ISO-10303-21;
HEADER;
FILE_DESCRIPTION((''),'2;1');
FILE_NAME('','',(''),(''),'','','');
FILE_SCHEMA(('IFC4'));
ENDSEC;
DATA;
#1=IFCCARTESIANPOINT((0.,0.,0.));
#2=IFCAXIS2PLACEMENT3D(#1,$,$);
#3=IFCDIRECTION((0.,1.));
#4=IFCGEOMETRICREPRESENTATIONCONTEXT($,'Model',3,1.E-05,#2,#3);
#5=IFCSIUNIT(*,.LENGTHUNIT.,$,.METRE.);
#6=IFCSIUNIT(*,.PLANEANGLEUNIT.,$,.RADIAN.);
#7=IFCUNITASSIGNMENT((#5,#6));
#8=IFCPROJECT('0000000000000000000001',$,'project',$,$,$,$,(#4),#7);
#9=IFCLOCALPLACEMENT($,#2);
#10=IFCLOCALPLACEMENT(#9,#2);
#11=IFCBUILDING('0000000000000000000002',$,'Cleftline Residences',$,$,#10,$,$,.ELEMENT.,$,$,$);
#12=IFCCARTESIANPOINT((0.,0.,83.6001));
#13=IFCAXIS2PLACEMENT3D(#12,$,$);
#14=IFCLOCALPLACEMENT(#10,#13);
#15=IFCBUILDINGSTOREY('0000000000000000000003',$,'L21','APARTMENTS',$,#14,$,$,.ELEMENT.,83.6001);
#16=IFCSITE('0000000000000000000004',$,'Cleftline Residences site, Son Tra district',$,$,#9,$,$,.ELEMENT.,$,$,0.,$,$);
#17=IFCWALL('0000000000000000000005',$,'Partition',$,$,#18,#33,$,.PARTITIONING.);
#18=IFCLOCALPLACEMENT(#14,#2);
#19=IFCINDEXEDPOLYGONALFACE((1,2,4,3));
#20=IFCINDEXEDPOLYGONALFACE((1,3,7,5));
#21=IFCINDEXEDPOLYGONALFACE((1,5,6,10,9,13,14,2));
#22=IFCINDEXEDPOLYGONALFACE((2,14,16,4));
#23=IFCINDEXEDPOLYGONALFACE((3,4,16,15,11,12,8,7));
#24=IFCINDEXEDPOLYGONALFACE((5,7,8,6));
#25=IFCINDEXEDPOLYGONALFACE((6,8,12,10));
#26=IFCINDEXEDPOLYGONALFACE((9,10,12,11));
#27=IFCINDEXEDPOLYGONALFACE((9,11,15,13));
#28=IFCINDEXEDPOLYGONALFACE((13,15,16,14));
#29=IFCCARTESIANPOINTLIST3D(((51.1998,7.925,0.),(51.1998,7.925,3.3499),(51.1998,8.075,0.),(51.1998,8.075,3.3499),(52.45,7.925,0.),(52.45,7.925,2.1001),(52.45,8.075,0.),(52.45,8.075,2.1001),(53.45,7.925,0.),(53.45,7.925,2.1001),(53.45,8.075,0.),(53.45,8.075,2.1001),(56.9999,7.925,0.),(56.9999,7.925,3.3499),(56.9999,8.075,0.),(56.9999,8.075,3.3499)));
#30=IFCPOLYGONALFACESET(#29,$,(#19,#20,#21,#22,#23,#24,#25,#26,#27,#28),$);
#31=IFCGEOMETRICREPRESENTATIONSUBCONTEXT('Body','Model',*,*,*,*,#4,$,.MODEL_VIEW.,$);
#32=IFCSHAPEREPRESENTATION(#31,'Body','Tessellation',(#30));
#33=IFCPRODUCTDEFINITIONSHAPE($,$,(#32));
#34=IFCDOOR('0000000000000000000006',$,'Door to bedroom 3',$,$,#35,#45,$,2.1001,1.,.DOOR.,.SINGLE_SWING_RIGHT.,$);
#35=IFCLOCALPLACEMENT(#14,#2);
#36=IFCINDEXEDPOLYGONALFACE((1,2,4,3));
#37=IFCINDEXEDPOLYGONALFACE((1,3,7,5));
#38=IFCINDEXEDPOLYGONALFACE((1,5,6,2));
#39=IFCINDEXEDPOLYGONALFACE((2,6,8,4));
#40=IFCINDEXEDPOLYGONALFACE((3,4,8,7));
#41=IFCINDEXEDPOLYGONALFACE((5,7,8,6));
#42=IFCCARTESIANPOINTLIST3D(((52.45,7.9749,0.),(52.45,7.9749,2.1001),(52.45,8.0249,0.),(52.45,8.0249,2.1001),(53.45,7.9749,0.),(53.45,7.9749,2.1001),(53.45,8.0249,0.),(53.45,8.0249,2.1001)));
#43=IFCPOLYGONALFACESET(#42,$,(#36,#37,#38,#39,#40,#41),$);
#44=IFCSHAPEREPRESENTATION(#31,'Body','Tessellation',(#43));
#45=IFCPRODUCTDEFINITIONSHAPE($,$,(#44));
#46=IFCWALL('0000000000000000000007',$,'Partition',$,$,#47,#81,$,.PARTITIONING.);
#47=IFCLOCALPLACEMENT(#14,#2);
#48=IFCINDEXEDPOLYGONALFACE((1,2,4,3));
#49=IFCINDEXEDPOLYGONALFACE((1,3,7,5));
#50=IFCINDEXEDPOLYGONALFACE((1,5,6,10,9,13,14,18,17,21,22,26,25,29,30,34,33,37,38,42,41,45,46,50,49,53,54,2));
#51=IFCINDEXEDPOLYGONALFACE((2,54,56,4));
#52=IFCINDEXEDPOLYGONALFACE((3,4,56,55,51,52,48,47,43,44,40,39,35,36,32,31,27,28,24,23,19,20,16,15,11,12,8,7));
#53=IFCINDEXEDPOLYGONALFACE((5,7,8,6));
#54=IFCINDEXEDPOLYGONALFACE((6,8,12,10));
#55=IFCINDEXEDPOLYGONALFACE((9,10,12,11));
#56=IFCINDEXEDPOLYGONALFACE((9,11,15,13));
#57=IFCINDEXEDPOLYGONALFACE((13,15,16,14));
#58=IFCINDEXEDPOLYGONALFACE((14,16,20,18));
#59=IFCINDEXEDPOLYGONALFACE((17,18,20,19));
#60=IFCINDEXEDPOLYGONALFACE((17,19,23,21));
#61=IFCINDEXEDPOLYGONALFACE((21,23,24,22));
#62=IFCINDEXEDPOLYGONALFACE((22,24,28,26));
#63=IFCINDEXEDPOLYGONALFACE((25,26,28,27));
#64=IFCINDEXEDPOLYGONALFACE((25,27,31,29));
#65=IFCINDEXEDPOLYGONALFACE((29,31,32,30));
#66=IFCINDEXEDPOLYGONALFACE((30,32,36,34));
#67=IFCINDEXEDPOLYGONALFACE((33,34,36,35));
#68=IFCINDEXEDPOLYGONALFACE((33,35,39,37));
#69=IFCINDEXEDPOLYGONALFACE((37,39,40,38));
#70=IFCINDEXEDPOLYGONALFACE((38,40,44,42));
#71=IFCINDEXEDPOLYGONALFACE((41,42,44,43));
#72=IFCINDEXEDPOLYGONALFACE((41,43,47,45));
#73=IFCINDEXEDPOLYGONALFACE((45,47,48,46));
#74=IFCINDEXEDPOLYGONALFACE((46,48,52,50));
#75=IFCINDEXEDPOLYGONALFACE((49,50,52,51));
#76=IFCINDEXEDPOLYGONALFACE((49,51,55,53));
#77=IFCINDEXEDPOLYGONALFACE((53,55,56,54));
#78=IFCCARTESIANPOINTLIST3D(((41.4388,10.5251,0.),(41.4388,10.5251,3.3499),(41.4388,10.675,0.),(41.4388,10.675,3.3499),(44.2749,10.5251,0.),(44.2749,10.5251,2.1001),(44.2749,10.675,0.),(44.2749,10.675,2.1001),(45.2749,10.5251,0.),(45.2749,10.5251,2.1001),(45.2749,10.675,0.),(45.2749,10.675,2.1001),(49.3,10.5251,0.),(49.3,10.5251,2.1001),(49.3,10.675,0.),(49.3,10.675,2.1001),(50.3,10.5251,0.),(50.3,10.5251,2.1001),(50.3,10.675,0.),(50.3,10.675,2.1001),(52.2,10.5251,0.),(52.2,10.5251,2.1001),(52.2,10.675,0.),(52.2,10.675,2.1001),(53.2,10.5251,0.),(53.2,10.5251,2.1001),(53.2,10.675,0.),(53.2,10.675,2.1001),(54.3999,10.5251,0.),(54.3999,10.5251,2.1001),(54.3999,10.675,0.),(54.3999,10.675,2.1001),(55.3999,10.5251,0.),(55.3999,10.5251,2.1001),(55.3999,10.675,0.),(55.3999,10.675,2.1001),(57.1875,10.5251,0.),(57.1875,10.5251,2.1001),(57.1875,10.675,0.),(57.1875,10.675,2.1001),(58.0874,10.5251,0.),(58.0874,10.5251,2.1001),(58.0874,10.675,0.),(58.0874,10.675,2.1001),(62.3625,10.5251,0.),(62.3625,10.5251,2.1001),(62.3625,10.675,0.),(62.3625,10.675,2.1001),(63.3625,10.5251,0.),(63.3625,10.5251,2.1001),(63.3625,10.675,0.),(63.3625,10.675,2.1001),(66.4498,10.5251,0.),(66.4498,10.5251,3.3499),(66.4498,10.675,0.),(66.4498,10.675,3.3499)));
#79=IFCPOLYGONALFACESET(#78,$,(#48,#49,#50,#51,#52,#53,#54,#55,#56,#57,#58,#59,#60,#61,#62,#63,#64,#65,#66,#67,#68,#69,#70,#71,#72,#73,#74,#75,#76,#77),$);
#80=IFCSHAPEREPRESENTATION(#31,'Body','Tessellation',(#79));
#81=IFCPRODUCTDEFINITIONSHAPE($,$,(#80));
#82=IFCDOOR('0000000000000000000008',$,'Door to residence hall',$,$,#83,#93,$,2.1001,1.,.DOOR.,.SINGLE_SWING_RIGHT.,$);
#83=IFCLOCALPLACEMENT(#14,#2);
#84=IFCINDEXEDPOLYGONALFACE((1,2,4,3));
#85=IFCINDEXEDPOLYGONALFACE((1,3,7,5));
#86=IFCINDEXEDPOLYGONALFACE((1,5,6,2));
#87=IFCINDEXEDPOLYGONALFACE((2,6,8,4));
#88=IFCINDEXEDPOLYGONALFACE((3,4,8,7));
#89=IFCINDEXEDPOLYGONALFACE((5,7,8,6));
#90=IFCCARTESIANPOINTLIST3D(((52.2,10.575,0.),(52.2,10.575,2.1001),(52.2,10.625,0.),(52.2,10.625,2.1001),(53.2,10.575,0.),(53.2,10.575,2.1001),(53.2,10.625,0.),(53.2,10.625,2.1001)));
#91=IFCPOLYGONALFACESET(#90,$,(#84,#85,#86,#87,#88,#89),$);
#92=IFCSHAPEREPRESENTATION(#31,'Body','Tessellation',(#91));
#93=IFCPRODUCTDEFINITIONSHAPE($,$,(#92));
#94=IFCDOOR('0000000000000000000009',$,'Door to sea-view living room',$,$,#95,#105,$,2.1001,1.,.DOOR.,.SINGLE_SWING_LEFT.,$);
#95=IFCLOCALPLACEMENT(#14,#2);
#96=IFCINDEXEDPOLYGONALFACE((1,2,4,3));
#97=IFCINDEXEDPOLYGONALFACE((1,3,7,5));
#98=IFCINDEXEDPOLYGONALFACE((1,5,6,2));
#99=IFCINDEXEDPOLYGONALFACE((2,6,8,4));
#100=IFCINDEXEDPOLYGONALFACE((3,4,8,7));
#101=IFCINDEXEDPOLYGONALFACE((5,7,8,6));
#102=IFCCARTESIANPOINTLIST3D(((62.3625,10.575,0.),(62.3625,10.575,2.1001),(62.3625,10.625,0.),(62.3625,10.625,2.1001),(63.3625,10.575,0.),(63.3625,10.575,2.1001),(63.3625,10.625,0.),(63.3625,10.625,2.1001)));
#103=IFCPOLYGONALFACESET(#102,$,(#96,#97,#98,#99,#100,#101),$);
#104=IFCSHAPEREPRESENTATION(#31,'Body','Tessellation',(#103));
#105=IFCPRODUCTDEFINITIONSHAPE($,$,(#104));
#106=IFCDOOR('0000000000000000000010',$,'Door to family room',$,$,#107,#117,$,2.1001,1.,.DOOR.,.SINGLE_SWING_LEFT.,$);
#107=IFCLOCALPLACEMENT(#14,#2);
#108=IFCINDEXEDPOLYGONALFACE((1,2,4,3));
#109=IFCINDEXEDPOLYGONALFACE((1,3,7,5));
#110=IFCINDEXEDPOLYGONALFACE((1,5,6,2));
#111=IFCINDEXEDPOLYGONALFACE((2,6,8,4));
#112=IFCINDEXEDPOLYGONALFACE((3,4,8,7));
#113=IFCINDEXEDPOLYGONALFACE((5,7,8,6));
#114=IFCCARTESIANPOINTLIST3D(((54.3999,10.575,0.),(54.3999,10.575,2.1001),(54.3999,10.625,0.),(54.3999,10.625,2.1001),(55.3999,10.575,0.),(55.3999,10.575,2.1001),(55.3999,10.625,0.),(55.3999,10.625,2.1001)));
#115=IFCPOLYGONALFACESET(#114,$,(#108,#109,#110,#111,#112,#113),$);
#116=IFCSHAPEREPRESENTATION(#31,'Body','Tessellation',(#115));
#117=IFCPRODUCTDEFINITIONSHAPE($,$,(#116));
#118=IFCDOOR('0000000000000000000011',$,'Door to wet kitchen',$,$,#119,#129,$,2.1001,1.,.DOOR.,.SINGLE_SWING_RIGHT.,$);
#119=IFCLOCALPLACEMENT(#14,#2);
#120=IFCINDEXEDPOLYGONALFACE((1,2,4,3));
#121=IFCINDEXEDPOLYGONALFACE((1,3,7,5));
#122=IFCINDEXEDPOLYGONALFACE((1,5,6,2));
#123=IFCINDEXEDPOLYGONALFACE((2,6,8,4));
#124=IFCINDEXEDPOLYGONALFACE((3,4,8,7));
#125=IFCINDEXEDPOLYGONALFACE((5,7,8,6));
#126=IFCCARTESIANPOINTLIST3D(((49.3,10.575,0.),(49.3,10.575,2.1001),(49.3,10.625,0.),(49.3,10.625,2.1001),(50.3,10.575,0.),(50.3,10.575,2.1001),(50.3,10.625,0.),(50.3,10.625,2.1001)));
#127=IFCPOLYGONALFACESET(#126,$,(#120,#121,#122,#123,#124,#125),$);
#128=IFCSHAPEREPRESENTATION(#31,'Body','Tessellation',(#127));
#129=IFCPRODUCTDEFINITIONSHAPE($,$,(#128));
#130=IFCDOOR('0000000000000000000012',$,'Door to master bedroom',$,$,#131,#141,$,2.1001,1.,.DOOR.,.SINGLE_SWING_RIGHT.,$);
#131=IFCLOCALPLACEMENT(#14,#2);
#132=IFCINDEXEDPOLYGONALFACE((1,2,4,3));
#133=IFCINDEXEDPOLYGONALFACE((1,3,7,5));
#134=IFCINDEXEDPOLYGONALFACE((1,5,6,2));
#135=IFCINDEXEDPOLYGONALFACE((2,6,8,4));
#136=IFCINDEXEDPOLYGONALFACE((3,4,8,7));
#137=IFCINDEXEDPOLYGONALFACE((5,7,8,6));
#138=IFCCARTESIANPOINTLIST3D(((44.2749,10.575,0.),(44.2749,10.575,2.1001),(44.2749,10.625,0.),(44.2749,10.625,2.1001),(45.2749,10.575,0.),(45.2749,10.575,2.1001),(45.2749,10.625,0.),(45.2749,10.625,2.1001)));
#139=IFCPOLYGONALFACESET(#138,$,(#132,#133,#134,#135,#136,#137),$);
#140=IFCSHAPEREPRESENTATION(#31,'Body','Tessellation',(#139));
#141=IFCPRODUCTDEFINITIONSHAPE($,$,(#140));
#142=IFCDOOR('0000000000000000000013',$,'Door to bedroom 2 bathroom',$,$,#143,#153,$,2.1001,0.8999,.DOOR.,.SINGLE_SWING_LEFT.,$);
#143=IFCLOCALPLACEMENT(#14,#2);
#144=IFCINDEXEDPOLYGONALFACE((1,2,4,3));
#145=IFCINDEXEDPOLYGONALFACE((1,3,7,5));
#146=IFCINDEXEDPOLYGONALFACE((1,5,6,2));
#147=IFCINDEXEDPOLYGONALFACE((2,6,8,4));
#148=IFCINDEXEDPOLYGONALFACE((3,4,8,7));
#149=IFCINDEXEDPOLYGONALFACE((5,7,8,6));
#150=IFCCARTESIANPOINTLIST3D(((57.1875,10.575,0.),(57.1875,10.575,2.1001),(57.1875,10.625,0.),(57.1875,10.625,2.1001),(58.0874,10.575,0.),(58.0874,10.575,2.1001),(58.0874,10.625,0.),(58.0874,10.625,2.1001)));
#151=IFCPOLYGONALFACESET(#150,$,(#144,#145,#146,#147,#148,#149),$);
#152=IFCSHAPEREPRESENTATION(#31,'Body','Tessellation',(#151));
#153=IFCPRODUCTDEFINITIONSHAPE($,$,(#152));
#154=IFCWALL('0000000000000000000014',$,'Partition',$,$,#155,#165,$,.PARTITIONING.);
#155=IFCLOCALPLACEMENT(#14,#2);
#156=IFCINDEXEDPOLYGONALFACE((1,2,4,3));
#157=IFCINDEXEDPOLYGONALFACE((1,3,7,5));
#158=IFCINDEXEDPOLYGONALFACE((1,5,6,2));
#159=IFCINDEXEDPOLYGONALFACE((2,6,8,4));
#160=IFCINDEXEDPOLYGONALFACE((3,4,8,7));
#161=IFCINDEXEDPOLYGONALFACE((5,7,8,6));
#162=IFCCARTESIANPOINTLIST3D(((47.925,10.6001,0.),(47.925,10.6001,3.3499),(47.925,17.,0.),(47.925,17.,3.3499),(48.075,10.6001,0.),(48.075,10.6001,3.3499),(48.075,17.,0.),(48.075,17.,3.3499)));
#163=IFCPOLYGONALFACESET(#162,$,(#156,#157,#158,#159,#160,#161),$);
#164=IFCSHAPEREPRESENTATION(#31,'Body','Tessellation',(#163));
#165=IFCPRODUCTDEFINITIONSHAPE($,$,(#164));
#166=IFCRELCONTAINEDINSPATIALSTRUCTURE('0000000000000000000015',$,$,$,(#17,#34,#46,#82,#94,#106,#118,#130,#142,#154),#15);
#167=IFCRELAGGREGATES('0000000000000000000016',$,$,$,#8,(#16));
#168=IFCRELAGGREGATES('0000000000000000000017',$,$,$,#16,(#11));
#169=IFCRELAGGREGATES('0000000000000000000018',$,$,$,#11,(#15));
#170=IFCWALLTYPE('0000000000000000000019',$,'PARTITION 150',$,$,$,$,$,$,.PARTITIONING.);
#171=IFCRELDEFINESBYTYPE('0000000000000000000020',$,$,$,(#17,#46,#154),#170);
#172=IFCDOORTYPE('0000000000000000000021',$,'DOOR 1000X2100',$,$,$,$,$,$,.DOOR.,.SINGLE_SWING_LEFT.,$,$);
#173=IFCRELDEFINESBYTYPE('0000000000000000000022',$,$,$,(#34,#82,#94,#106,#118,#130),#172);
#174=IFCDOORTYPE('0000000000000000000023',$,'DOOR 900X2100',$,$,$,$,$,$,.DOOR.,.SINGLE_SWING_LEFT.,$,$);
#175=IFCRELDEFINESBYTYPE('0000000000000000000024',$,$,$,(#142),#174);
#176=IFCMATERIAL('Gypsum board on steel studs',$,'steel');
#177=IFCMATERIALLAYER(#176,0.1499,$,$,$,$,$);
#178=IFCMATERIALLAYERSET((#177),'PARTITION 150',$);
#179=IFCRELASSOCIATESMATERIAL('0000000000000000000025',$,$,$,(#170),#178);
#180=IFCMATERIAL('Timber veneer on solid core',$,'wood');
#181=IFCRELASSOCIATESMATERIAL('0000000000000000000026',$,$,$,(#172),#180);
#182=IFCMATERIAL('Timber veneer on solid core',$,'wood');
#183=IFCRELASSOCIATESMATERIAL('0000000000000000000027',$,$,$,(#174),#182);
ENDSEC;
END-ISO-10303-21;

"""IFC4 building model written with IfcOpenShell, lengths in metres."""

from ifc_helpers import new_model, si_unit, direction, frame, frame_2d, origin, place, context, subcontext, project, spatial, rectangle, extrude, material, layer, layer_set, type_object, element, fill, save


model = new_model("IFC4")

# Units and contexts
model_context = context("Model", 3, precision=1e-05, world=origin(), true_north=direction((0.0, 1.0)))
body_context = subcontext(model_context, "Body", "Model", "MODEL_VIEW")
ifc_project = project(units=[si_unit("LENGTHUNIT", "METRE"), si_unit("PLANEANGLEUNIT", "RADIAN")], contexts=[model_context])

# Site, building, storey
site_placement = place(None, origin())
site = spatial("IfcSite", under=ifc_project, at=site_placement, Name="Cleftline Residences site, Son Tra district", CompositionType="ELEMENT", RefElevation=0.0)
building_placement = place(site_placement, origin())
building = spatial("IfcBuilding", under=site, at=building_placement, Name="Cleftline Residences", CompositionType="ELEMENT")
storey_placement = place(building_placement, frame((0.0, 0.0, 83.6001)))
storey = spatial("IfcBuildingStorey", under=building, at=storey_placement, Name="L21", Description="APARTMENTS", CompositionType="ELEMENT", Elevation=83.6001)

# Shared definitions
ifc_material_1 = material(Name="Gypsum board on steel studs", Category="steel")
ifc_layer_1 = layer(ifc_material_1, 0.1499)
ifc_layer_set_1 = layer_set([ifc_layer_1], Name="PARTITION 150")
wall_type = type_object("IfcWallType", Name="PARTITION 150", PredefinedType="PARTITIONING", material=ifc_layer_set_1)
ifc_material_2 = material(Name="Timber veneer on solid core", Category="wood")
door_type_1 = type_object("IfcDoorType", Name="DOOR 1000X2100", OperationType="SINGLE_SWING_LEFT", PredefinedType="DOOR", material=ifc_material_2)

# Wall, opening, door
wall_1_placement = place(storey_placement, frame((51.2, 8.0, 0.0), z_axis=(0.0, 0.0, 1.0), x_axis=(1.0, 0.0, 0.0)))
wall_1 = element("IfcWall", 1, at=wall_1_placement, inside=storey, type_object=wall_type, Name="Partition", PredefinedType="PARTITIONING", context=body_context, shape_type="SweptSolid", body=[
    extrude(rectangle(XDim=5.8, YDim=0.1499, at=frame_2d((2.8999, 0.0))), origin(), (0.0, 0.0, 1.0), 3.3499),
])
opening_1_placement = place(wall_1_placement, frame((1.25, 0.0, 0.0)))
opening_1 = element("IfcOpeningElement", 2, at=opening_1_placement, cuts=wall_1, PredefinedType="OPENING", context=body_context, shape_type="SweptSolid", body=[
    extrude(rectangle(XDim=1.0, YDim=2.1001, at=frame_2d((0.5, 1.05))), frame((0.0, 0.085, 0.0), z_axis=(0.0, -1.0, 0.0), x_axis=(1.0, 0.0, 0.0)), (0.0, 0.0, 1.0), 0.1699),
])
door_1_placement = place(opening_1_placement, origin())
door_1 = element("IfcDoor", 3, at=door_1_placement, inside=storey, type_object=door_type_1, Name="Door to bedroom 3", OperationType="SINGLE_SWING_RIGHT", OverallHeight=2.1001, OverallWidth=1.0, PredefinedType="DOOR", context=body_context, shape_type="SweptSolid", body=[
    extrude(rectangle(XDim=1.0, YDim=2.1001, at=frame_2d((0.5, 1.05))), frame((0.0, 0.0249, 0.0), z_axis=(0.0, -1.0, 0.0), x_axis=(1.0, 0.0, 0.0)), (0.0, 0.0, 1.0), 0.05),
])
fill(opening_1, door_1)

# Wall, openings, doors
wall_2_placement = place(storey_placement, frame((41.439, 10.6001, 0.0), z_axis=(0.0, 0.0, 1.0), x_axis=(1.0, 0.0, 0.0)))
wall_2 = element("IfcWall", 4, at=wall_2_placement, inside=storey, type_object=wall_type, Name="Partition", PredefinedType="PARTITIONING", context=body_context, shape_type="SweptSolid", body=[
    extrude(rectangle(XDim=25.011, YDim=0.1499, at=frame_2d((12.5054, 0.0))), origin(), (0.0, 0.0, 1.0), 3.3499),
])
opening_2_placement = place(wall_2_placement, frame((10.761, 0.0, 0.0)))
opening_2 = element("IfcOpeningElement", 5, at=opening_2_placement, cuts=wall_2, PredefinedType="OPENING", context=body_context, shape_type="SweptSolid", body=[
    extrude(rectangle(XDim=1.0, YDim=2.1001, at=frame_2d((0.5, 1.05))), frame((0.0, 0.085, 0.0), z_axis=(0.0, -1.0, 0.0), x_axis=(1.0, 0.0, 0.0)), (0.0, 0.0, 1.0), 0.1699),
])
opening_3_placement = place(wall_2_placement, frame((20.9236, 0.0, 0.0)))
opening_3 = element("IfcOpeningElement", 6, at=opening_3_placement, cuts=wall_2, PredefinedType="OPENING", context=body_context, shape_type="SweptSolid", body=[
    extrude(rectangle(XDim=1.0, YDim=2.1001, at=frame_2d((0.5, 1.05))), frame((0.0, 0.085, 0.0), z_axis=(0.0, -1.0, 0.0), x_axis=(1.0, 0.0, 0.0)), (0.0, 0.0, 1.0), 0.1699),
])
opening_4_placement = place(wall_2_placement, frame((15.7485, 0.0, 0.0)))
opening_4 = element("IfcOpeningElement", 7, at=opening_4_placement, cuts=wall_2, PredefinedType="OPENING", context=body_context, shape_type="SweptSolid", body=[
    extrude(rectangle(XDim=0.8999, YDim=2.1001, at=frame_2d((0.45, 1.05))), frame((0.0, 0.085, 0.0), z_axis=(0.0, -1.0, 0.0), x_axis=(1.0, 0.0, 0.0)), (0.0, 0.0, 1.0), 0.1699),
])
opening_5_placement = place(wall_2_placement, frame((12.9609, 0.0, 0.0)))
opening_5 = element("IfcOpeningElement", 8, at=opening_5_placement, cuts=wall_2, PredefinedType="OPENING", context=body_context, shape_type="SweptSolid", body=[
    extrude(rectangle(XDim=1.0, YDim=2.1001, at=frame_2d((0.5, 1.05))), frame((0.0, 0.085, 0.0), z_axis=(0.0, -1.0, 0.0), x_axis=(1.0, 0.0, 0.0)), (0.0, 0.0, 1.0), 0.1699),
])
opening_6_placement = place(wall_2_placement, frame((7.8611, 0.0, 0.0)))
opening_6 = element("IfcOpeningElement", 9, at=opening_6_placement, cuts=wall_2, PredefinedType="OPENING", context=body_context, shape_type="SweptSolid", body=[
    extrude(rectangle(XDim=1.0, YDim=2.1001, at=frame_2d((0.5, 1.05))), frame((0.0, 0.085, 0.0), z_axis=(0.0, -1.0, 0.0), x_axis=(1.0, 0.0, 0.0)), (0.0, 0.0, 1.0), 0.1699),
])
opening_7_placement = place(wall_2_placement, frame((2.8359, 0.0, 0.0)))
opening_7 = element("IfcOpeningElement", 10, at=opening_7_placement, cuts=wall_2, PredefinedType="OPENING", context=body_context, shape_type="SweptSolid", body=[
    extrude(rectangle(XDim=1.0, YDim=2.1001, at=frame_2d((0.5, 1.05))), frame((0.0, 0.085, 0.0), z_axis=(0.0, -1.0, 0.0), x_axis=(1.0, 0.0, 0.0)), (0.0, 0.0, 1.0), 0.1699),
])
door_2_placement = place(opening_2_placement, origin())
door_2 = element("IfcDoor", 11, at=door_2_placement, inside=storey, type_object=door_type_1, Name="Door to residence hall", OperationType="SINGLE_SWING_RIGHT", OverallHeight=2.1001, OverallWidth=1.0, PredefinedType="DOOR", context=body_context, shape_type="SweptSolid", body=[
    extrude(rectangle(XDim=1.0, YDim=2.1001, at=frame_2d((0.5, 1.05))), frame((0.0, 0.0249, 0.0), z_axis=(0.0, -1.0, 0.0), x_axis=(1.0, 0.0, 0.0)), (0.0, 0.0, 1.0), 0.05),
])
fill(opening_2, door_2)
door_3_placement = place(opening_3_placement, origin())
door_3 = element("IfcDoor", 12, at=door_3_placement, inside=storey, type_object=door_type_1, Name="Door to sea-view living room", OperationType="SINGLE_SWING_LEFT", OverallHeight=2.1001, OverallWidth=1.0, PredefinedType="DOOR", context=body_context, shape_type="SweptSolid", body=[
    extrude(rectangle(XDim=1.0, YDim=2.1001, at=frame_2d((0.5, 1.05))), frame((0.0, 0.0249, 0.0), z_axis=(0.0, -1.0, 0.0), x_axis=(1.0, 0.0, 0.0)), (0.0, 0.0, 1.0), 0.05),
])
fill(opening_3, door_3)
door_4_placement = place(opening_5_placement, origin())
door_4 = element("IfcDoor", 13, at=door_4_placement, inside=storey, type_object=door_type_1, Name="Door to family room", OperationType="SINGLE_SWING_LEFT", OverallHeight=2.1001, OverallWidth=1.0, PredefinedType="DOOR", context=body_context, shape_type="SweptSolid", body=[
    extrude(rectangle(XDim=1.0, YDim=2.1001, at=frame_2d((0.5, 1.05))), frame((0.0, 0.0249, 0.0), z_axis=(0.0, -1.0, 0.0), x_axis=(1.0, 0.0, 0.0)), (0.0, 0.0, 1.0), 0.05),
])
fill(opening_5, door_4)
door_5_placement = place(opening_6_placement, origin())
door_5 = element("IfcDoor", 14, at=door_5_placement, inside=storey, type_object=door_type_1, Name="Door to wet kitchen", OperationType="SINGLE_SWING_RIGHT", OverallHeight=2.1001, OverallWidth=1.0, PredefinedType="DOOR", context=body_context, shape_type="SweptSolid", body=[
    extrude(rectangle(XDim=1.0, YDim=2.1001, at=frame_2d((0.5, 1.05))), frame((0.0, 0.0249, 0.0), z_axis=(0.0, -1.0, 0.0), x_axis=(1.0, 0.0, 0.0)), (0.0, 0.0, 1.0), 0.05),
])
fill(opening_6, door_5)
door_6_placement = place(opening_7_placement, origin())
door_6 = element("IfcDoor", 15, at=door_6_placement, inside=storey, type_object=door_type_1, Name="Door to master bedroom", OperationType="SINGLE_SWING_RIGHT", OverallHeight=2.1001, OverallWidth=1.0, PredefinedType="DOOR", context=body_context, shape_type="SweptSolid", body=[
    extrude(rectangle(XDim=1.0, YDim=2.1001, at=frame_2d((0.5, 1.05))), frame((0.0, 0.0249, 0.0), z_axis=(0.0, -1.0, 0.0), x_axis=(1.0, 0.0, 0.0)), (0.0, 0.0, 1.0), 0.05),
])
fill(opening_7, door_6)
ifc_material_3 = material(Name="Timber veneer on solid core", Category="wood")
door_type_2 = type_object("IfcDoorType", Name="DOOR 900X2100", OperationType="SINGLE_SWING_LEFT", PredefinedType="DOOR", material=ifc_material_3)
door_7_placement = place(opening_4_placement, origin())
door_7 = element("IfcDoor", 16, at=door_7_placement, inside=storey, type_object=door_type_2, Name="Door to bedroom 2 bathroom", OperationType="SINGLE_SWING_LEFT", OverallHeight=2.1001, OverallWidth=0.8999, PredefinedType="DOOR", context=body_context, shape_type="SweptSolid", body=[
    extrude(rectangle(XDim=0.8999, YDim=2.1001, at=frame_2d((0.45, 1.05))), frame((0.0, 0.0249, 0.0), z_axis=(0.0, -1.0, 0.0), x_axis=(1.0, 0.0, 0.0)), (0.0, 0.0, 1.0), 0.05),
])
fill(opening_4, door_7)

# Wall
wall_3_placement = place(storey_placement, frame((48.0, 10.6001, 0.0), z_axis=(0.0, 0.0, 1.0), x_axis=(0.0, 1.0, 0.0)))
element("IfcWall", 17, at=wall_3_placement, inside=storey, type_object=wall_type, Name="Partition", PredefinedType="PARTITIONING", context=body_context, shape_type="SweptSolid", body=[
    extrude(rectangle(XDim=6.3999, YDim=0.1499, at=frame_2d((3.2, 0.0))), origin(), (0.0, 0.0, 1.0), 3.3499),
])

save(model, "model.ifc")
